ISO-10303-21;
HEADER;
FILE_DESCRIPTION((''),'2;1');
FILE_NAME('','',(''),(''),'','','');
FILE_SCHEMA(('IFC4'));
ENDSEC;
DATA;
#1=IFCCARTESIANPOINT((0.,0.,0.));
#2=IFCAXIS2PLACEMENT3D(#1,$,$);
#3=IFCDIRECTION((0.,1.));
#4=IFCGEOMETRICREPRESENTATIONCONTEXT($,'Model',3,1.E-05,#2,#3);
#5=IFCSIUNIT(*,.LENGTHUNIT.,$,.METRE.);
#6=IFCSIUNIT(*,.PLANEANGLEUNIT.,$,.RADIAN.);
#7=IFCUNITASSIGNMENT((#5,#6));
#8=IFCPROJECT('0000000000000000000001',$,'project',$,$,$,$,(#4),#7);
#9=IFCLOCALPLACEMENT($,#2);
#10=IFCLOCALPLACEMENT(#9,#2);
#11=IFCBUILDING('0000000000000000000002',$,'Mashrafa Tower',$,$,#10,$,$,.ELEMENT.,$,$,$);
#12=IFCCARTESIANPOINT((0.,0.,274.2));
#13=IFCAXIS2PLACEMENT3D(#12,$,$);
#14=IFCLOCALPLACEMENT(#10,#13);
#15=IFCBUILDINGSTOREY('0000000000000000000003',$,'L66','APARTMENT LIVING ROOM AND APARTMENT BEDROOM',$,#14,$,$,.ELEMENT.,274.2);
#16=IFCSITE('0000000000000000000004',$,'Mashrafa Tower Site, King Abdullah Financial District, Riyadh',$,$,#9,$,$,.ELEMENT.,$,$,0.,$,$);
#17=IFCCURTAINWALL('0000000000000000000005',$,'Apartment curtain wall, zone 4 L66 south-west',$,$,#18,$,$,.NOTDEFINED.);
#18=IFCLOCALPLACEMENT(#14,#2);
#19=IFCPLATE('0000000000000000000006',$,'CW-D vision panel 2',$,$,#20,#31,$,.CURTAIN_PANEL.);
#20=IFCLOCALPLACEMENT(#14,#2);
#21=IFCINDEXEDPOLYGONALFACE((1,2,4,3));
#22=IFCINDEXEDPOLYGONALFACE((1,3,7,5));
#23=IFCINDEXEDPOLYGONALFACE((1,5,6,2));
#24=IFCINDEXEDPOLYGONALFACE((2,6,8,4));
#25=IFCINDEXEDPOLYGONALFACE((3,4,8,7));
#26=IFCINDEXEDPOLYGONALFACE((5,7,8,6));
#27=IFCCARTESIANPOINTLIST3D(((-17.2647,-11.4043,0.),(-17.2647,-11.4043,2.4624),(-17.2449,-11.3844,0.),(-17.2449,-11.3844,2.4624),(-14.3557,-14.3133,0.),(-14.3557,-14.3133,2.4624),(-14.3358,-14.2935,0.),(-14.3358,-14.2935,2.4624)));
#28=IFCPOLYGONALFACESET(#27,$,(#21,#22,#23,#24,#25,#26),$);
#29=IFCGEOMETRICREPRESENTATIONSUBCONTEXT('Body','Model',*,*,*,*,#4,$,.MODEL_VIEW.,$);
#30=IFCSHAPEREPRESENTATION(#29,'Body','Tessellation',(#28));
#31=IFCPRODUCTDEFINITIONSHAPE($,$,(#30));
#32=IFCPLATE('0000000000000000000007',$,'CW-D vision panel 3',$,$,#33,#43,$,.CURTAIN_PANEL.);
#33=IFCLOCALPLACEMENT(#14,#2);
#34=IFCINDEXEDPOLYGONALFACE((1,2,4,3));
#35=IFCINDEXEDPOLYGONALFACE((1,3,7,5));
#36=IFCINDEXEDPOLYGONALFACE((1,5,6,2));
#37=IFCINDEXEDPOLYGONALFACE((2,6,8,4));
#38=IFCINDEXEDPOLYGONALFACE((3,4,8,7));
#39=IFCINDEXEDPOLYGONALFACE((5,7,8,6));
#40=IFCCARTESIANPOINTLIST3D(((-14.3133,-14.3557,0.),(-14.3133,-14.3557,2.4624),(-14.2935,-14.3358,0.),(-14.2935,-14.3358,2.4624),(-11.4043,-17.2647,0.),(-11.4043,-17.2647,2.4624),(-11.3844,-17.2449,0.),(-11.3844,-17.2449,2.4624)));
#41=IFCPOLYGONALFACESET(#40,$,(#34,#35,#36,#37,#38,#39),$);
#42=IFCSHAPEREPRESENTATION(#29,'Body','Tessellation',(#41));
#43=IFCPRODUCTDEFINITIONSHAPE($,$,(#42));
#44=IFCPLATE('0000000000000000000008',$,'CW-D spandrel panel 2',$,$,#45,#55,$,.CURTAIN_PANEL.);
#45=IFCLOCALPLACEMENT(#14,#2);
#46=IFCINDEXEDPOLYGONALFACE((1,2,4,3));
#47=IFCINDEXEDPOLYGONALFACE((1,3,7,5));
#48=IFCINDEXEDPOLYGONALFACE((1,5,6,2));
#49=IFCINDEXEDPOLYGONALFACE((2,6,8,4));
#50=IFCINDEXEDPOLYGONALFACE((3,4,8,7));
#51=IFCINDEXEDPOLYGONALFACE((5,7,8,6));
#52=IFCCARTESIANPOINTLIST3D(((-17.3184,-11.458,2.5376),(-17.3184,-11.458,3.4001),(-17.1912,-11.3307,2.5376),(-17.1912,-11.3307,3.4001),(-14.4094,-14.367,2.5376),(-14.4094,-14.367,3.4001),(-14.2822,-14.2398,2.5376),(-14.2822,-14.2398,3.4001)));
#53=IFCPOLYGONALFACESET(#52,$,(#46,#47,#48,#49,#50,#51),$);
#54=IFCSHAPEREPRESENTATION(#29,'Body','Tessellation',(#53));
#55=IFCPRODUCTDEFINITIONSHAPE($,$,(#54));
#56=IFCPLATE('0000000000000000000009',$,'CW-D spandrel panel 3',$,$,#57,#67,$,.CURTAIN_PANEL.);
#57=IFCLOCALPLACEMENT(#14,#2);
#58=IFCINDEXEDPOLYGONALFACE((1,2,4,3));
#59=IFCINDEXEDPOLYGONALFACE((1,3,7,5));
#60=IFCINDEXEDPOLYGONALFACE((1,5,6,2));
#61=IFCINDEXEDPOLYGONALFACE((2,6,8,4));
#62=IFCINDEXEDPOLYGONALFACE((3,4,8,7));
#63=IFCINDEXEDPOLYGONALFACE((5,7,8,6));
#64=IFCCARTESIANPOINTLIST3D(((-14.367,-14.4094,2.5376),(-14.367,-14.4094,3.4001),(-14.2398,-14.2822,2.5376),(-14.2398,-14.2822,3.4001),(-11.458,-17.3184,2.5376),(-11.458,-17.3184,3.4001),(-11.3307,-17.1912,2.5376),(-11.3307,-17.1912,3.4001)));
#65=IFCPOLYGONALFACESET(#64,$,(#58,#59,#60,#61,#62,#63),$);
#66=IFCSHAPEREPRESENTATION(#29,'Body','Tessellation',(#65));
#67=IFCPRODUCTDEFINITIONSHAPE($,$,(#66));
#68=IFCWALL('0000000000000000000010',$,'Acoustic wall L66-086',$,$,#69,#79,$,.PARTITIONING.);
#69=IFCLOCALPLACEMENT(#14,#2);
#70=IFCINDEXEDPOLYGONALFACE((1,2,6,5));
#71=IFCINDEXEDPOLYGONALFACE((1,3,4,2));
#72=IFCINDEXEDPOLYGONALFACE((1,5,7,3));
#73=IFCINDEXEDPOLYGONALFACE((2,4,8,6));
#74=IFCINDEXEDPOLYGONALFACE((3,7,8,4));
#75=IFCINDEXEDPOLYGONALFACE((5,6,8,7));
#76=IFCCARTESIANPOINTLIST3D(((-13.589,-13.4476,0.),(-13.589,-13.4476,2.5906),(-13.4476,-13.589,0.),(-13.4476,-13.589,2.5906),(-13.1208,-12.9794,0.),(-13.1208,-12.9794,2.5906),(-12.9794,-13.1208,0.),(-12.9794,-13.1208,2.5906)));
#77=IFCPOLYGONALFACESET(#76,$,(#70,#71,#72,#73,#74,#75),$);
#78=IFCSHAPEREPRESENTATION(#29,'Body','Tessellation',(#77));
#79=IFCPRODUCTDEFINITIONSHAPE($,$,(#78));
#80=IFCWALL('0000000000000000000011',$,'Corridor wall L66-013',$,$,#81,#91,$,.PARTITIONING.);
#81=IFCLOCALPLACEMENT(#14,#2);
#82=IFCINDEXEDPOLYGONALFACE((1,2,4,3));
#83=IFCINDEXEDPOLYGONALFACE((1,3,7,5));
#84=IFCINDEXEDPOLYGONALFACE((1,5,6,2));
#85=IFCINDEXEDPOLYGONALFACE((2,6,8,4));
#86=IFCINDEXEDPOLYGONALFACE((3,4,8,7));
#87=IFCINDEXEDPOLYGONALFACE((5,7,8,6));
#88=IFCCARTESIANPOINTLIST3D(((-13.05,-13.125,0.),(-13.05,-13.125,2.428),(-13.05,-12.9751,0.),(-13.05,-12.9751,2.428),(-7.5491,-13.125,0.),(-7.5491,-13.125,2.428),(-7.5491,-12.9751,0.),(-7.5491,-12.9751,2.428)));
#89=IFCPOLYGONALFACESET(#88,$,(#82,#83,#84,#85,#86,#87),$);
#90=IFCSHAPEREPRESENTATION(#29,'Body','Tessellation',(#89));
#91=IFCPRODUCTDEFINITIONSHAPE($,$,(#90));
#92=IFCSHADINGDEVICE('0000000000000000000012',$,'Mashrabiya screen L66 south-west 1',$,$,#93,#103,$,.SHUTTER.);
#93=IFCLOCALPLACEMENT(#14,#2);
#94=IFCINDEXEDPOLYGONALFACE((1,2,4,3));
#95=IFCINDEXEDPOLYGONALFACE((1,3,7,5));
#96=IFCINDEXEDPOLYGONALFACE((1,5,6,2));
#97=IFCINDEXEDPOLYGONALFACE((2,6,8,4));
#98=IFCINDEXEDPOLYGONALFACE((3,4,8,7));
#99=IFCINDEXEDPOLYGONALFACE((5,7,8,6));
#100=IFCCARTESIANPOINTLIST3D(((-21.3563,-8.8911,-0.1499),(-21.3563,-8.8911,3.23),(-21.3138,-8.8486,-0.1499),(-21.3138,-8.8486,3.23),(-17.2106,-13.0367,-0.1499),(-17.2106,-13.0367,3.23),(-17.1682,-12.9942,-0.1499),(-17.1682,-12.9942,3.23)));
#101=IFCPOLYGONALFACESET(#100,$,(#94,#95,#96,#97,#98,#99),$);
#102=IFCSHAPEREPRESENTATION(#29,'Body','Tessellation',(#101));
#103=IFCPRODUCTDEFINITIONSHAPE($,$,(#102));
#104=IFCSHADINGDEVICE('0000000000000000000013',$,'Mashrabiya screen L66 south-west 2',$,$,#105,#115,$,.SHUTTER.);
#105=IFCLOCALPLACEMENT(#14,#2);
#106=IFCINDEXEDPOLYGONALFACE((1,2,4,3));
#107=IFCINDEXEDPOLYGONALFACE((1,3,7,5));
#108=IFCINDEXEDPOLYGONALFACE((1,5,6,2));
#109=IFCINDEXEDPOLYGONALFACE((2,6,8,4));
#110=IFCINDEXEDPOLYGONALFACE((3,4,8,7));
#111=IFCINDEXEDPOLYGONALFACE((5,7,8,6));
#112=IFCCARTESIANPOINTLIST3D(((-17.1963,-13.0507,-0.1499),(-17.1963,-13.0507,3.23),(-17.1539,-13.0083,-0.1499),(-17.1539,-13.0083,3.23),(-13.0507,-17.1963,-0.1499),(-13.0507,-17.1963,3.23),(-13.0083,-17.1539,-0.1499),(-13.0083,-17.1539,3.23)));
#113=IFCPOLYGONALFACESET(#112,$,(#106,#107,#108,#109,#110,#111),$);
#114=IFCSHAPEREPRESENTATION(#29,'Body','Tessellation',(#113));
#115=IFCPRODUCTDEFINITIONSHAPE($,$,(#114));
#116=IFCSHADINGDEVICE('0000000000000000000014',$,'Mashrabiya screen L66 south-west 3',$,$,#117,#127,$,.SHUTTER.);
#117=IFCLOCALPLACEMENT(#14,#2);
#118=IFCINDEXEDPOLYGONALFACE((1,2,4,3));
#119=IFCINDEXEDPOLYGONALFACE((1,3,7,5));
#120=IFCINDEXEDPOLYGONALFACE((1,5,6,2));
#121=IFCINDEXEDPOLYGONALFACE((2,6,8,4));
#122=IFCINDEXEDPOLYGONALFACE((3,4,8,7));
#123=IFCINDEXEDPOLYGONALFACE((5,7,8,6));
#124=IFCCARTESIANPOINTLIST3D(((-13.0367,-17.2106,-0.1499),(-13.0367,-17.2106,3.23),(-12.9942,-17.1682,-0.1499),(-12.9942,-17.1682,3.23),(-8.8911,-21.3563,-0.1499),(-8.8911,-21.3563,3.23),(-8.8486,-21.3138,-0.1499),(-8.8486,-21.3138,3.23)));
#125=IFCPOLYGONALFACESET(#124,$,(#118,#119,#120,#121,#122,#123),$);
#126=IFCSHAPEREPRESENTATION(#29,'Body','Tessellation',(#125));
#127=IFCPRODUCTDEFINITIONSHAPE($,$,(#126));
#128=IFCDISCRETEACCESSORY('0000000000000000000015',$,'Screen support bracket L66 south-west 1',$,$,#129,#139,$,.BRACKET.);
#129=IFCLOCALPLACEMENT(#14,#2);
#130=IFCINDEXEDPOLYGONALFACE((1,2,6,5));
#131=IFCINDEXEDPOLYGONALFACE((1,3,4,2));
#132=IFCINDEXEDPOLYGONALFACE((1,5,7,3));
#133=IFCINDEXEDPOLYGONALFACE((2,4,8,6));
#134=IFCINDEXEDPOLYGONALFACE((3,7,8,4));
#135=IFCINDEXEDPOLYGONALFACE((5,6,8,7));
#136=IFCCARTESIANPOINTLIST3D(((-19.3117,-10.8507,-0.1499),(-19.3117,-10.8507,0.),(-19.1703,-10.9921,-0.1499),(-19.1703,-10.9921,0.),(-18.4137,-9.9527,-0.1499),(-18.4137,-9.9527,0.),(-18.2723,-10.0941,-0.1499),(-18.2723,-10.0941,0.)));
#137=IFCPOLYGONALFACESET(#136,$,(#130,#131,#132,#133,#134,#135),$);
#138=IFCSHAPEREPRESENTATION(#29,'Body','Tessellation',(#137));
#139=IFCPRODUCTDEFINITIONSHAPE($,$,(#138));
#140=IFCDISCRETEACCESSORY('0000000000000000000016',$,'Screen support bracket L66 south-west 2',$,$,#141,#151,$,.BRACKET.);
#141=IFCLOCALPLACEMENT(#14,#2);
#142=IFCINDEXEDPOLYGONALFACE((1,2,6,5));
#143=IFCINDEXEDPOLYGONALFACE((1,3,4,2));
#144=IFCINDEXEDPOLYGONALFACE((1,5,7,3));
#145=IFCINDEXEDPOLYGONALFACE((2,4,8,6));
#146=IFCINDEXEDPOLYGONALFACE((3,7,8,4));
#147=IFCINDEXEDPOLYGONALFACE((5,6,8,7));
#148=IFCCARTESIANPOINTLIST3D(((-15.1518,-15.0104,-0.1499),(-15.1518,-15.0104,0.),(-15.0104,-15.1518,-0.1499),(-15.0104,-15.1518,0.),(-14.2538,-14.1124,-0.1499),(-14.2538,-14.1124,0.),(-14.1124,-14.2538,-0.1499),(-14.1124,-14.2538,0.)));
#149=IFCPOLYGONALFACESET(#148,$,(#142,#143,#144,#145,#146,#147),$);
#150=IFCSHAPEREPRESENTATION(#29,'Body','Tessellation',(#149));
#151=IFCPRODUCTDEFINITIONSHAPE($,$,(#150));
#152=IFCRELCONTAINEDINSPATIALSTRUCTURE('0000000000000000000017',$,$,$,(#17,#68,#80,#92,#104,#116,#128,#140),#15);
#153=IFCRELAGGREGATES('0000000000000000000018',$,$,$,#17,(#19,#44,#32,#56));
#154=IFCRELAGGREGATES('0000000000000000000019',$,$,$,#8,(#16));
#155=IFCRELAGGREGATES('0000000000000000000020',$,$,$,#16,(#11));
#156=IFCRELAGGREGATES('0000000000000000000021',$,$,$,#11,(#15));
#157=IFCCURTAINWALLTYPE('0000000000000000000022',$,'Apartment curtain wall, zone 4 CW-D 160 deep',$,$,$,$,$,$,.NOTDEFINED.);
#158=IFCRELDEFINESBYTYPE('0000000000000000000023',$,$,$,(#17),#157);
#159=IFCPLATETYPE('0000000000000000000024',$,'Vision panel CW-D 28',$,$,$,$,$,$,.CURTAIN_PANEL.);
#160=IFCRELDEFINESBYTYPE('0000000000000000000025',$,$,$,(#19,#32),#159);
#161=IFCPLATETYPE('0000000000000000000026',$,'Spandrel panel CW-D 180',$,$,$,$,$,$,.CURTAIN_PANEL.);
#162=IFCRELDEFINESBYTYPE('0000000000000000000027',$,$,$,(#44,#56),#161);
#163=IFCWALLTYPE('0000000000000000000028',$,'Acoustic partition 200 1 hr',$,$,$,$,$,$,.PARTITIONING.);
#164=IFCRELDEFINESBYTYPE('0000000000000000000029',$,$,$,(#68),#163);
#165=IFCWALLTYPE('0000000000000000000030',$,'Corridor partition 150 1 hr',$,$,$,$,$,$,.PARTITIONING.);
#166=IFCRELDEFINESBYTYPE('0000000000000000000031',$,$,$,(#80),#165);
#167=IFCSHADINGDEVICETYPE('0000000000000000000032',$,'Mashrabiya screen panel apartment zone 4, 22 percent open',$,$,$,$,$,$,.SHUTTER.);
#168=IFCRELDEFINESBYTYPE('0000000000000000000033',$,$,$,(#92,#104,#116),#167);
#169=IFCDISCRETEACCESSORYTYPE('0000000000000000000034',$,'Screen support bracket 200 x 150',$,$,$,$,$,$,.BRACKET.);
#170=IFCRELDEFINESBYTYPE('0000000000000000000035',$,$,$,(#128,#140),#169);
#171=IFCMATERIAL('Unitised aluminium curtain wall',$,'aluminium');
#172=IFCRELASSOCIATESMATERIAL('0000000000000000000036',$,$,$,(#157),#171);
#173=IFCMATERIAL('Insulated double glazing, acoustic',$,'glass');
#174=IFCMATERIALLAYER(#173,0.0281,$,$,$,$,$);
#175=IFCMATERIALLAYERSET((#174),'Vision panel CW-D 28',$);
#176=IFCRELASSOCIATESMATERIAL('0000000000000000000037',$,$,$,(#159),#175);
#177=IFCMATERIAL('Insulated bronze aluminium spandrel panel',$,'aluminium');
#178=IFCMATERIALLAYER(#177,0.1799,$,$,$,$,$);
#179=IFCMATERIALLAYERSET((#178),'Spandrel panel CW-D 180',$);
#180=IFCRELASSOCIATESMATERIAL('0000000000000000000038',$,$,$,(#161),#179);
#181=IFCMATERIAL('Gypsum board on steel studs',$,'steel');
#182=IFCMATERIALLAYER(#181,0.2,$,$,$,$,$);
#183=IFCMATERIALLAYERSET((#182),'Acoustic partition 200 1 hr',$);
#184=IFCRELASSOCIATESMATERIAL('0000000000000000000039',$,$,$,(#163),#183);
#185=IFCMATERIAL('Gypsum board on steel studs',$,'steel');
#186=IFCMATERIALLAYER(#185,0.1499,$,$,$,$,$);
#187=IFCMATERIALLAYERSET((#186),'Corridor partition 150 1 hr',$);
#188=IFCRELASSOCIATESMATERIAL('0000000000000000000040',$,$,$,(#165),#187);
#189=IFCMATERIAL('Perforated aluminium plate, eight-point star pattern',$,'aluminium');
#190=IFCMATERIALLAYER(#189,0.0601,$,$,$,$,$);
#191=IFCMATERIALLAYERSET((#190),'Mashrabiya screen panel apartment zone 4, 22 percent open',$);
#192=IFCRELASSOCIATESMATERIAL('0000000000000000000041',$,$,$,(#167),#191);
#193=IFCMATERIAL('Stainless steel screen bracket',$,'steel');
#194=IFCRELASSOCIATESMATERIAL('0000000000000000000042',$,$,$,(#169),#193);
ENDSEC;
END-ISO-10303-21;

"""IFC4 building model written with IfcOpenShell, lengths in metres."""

from ifc_helpers import new_model, si_unit, direction, frame, frame_2d, origin, origin_2d, place, context, subcontext, project, spatial, rectangle, extrude, source, transform, mapped, material, layer, layer_set, type_object, type_shapes, element, aggregate, save


model = new_model("IFC4")

# Units and contexts
model_context = context("Model", 3, precision=1e-05, world=origin(), true_north=direction((0.0, 1.0)))
body_context = subcontext(model_context, "Body", "Model", "MODEL_VIEW")
ifc_project = project(units=[si_unit("LENGTHUNIT", "METRE"), si_unit("PLANEANGLEUNIT", "RADIAN")], contexts=[model_context])

# Site, building, storey
site_placement = place(None, origin())
site = spatial("IfcSite", under=ifc_project, at=site_placement, Name="Mashrafa Tower Site, King Abdullah Financial District, Riyadh", CompositionType="ELEMENT", RefElevation=0.0)
building_placement = place(site_placement, origin())
building = spatial("IfcBuilding", under=site, at=building_placement, Name="Mashrafa Tower", CompositionType="ELEMENT")
storey_placement = place(building_placement, frame((0.0, 0.0, 274.2)))
storey = spatial("IfcBuildingStorey", under=building, at=storey_placement, Name="L66", Description="APARTMENT LIVING ROOM AND APARTMENT BEDROOM", CompositionType="ELEMENT", Elevation=274.2)

# Curtain wall, plates
ifc_material_1 = material(Name="Unitised aluminium curtain wall", Category="aluminium")
curtain_wall_type = type_object("IfcCurtainWallType", Name="Apartment curtain wall, zone 4 CW-D 160 deep", PredefinedType="NOTDEFINED", material=ifc_material_1)
curtain_wall_placement = place(storey_placement, origin())
curtain_wall = element("IfcCurtainWall", 1, at=curtain_wall_placement, inside=storey, type_object=curtain_wall_type, Name="Apartment curtain wall, zone 4 L66 south-west", PredefinedType="NOTDEFINED")
ifc_material_2 = material(Name="Insulated double glazing, acoustic", Category="glass")
ifc_layer_1 = layer(ifc_material_2, 0.0281)
ifc_layer_set_1 = layer_set([ifc_layer_1], Name="Vision panel CW-D 28")
plate_type_1 = type_object("IfcPlateType", Name="Vision panel CW-D 28", PredefinedType="CURTAIN_PANEL", material=ifc_layer_set_1)
ifc_material_3 = material(Name="Insulated bronze aluminium spandrel panel", Category="aluminium")
ifc_layer_2 = layer(ifc_material_3, 0.1799)
ifc_layer_set_2 = layer_set([ifc_layer_2], Name="Spandrel panel CW-D 180")
plate_type_2 = type_object("IfcPlateType", Name="Spandrel panel CW-D 180", PredefinedType="CURTAIN_PANEL", material=ifc_layer_set_2)
shared_shape_1 = source(origin(), body_context, "Body", "SweptSolid", [
    extrude(rectangle(XDim=4.114, YDim=0.0281, at=origin_2d()), origin(), (0.0, 0.0, 1.0), 2.4624),
])
plate_1_placement = place(storey_placement, frame((-15.8003, -12.8489, 0.0), z_axis=(0.0, 0.0, 1.0), x_axis=(0.707107, -0.707107, 0.0)))
plate_1 = element("IfcPlate", 2, at=plate_1_placement, type_object=plate_type_1, Name="CW-D vision panel 2", PredefinedType="CURTAIN_PANEL", context=body_context, shape_type="MappedRepresentation", body=[
    mapped(shared_shape_1, transform((0.0, 0.0, 0.0))),
])
plate_2_placement = place(storey_placement, frame((-12.8489, -15.8003, 0.0), z_axis=(0.0, 0.0, 1.0), x_axis=(0.707107, -0.707107, 0.0)))
plate_2 = element("IfcPlate", 3, at=plate_2_placement, type_object=plate_type_1, Name="CW-D vision panel 3", PredefinedType="CURTAIN_PANEL", context=body_context, shape_type="MappedRepresentation", body=[
    mapped(shared_shape_1, transform((0.0, 0.0, 0.0))),
])
shared_shape_2 = source(origin(), body_context, "Body", "SweptSolid", [
    extrude(rectangle(XDim=4.114, YDim=0.1799, at=origin_2d()), origin(), (0.0, 0.0, 1.0), 0.8625),
])
plate_3_placement = place(storey_placement, frame((-15.8003, -12.8489, 2.5376), z_axis=(0.0, 0.0, 1.0), x_axis=(0.707107, -0.707107, 0.0)))
plate_3 = element("IfcPlate", 4, at=plate_3_placement, type_object=plate_type_2, Name="CW-D spandrel panel 2", PredefinedType="CURTAIN_PANEL", context=body_context, shape_type="MappedRepresentation", body=[
    mapped(shared_shape_2, transform((0.0, 0.0, 0.0))),
])
plate_4_placement = place(storey_placement, frame((-12.8489, -15.8003, 2.5376), z_axis=(0.0, 0.0, 1.0), x_axis=(0.707107, -0.707107, 0.0)))
plate_4 = element("IfcPlate", 5, at=plate_4_placement, type_object=plate_type_2, Name="CW-D spandrel panel 3", PredefinedType="CURTAIN_PANEL", context=body_context, shape_type="MappedRepresentation", body=[
    mapped(shared_shape_2, transform((0.0, 0.0, 0.0))),
])
aggregate(curtain_wall, [plate_1, plate_3, plate_2, plate_4])

# Walls
ifc_material_4 = material(Name="Gypsum board on steel studs", Category="steel")
ifc_layer_3 = layer(ifc_material_4, 0.2)
ifc_layer_set_3 = layer_set([ifc_layer_3], Name="Acoustic partition 200 1 hr")
wall_type_1 = type_object("IfcWallType", Name="Acoustic partition 200 1 hr", PredefinedType="PARTITIONING", material=ifc_layer_set_3)
wall_1_placement = place(storey_placement, frame((-13.5183, -13.5183, 0.0), z_axis=(0.0, 0.0, 1.0), x_axis=(0.707107, 0.707107, 0.0)))
element("IfcWall", 6, at=wall_1_placement, inside=storey, type_object=wall_type_1, Name="Acoustic wall L66-086", PredefinedType="PARTITIONING", context=body_context, shape_type="SweptSolid", body=[
    extrude(rectangle(XDim=0.6621, YDim=0.2, at=frame_2d((0.3311, 0.0))), origin(), (0.0, 0.0, 1.0), 2.5906),
])
ifc_material_5 = material(Name="Gypsum board on steel studs", Category="steel")
ifc_layer_4 = layer(ifc_material_5, 0.1499)
ifc_layer_set_4 = layer_set([ifc_layer_4], Name="Corridor partition 150 1 hr")
wall_type_2 = type_object("IfcWallType", Name="Corridor partition 150 1 hr", PredefinedType="PARTITIONING", material=ifc_layer_set_4)
wall_2_placement = place(storey_placement, frame((-13.05, -13.05, 0.0), z_axis=(0.0, 0.0, 1.0), x_axis=(1.0, 0.0, 0.0)))
element("IfcWall", 7, at=wall_2_placement, inside=storey, type_object=wall_type_2, Name="Corridor wall L66-013", PredefinedType="PARTITIONING", context=body_context, shape_type="SweptSolid", body=[
    extrude(rectangle(XDim=5.501, YDim=0.1499, at=frame_2d((2.7505, 0.0))), origin(), (0.0, 0.0, 1.0), 2.428),
])

# Shading devices
ifc_material_6 = material(Name="Perforated aluminium plate, eight-point star pattern", Category="aluminium")
ifc_layer_5 = layer(ifc_material_6, 0.0601)
ifc_layer_set_5 = layer_set([ifc_layer_5], Name="Mashrabiya screen panel apartment zone 4, 22 percent open")
shading_device_type = type_object("IfcShadingDeviceType", Name="Mashrabiya screen panel apartment zone 4, 22 percent open", PredefinedType="SHUTTER", material=ifc_layer_set_5)
shared_shape_3 = source(origin(), body_context, "Body", "SweptSolid", [
    extrude(rectangle(XDim=5.8628, YDim=0.0601, at=origin_2d()), origin(), (0.0, 0.0, 1.0), 3.3799),
])
type_shapes(shading_device_type, [shared_shape_3])
for number, where, z_axis, x_axis, name in (
    (8, (-19.2622, -10.9426, -0.1499), (0.0, 0.0, 1.0), (0.707107, -0.707107, 0.0), "Mashrabiya screen L66 south-west 1"),
    (9, (-15.1023, -15.1023, -0.1499), (0.0, 0.0, 1.0), (0.707107, -0.707107, 0.0), "Mashrabiya screen L66 south-west 2"),
    (10, (-10.9426, -19.2622, -0.1499), (0.0, 0.0, 1.0), (0.707107, -0.707107, 0.0), "Mashrabiya screen L66 south-west 3"),
):
    element("IfcShadingDevice", number, at=place(storey_placement, frame(where, z_axis=z_axis, x_axis=x_axis)), inside=storey, type_object=shading_device_type, Name=name, PredefinedType="SHUTTER", context=body_context, shape_type="MappedRepresentation", body=[
        mapped(shared_shape_3, transform((0.0, 0.0, 0.0))),
    ])

# Discrete accessories
ifc_material_7 = material(Name="Stainless steel screen bracket", Category="steel")
discrete_accessory_type = type_object("IfcDiscreteAccessoryType", Name="Screen support bracket 200 x 150", PredefinedType="BRACKET", material=ifc_material_7)
shared_shape_4 = source(origin(), body_context, "Body", "SweptSolid", [
    extrude(rectangle(XDim=0.2, YDim=1.27, at=origin_2d()), origin(), (0.0, 0.0, 1.0), 0.1499),
])
type_shapes(discrete_accessory_type, [shared_shape_4])
for number, where, z_axis, x_axis, name in (
    (11, (-18.792, -10.4724, -0.1499), (0.0, 0.0, 1.0), (0.707107, -0.707107, 0.0), "Screen support bracket L66 south-west 1"),
    (12, (-14.6321, -14.6321, -0.1499), (0.0, 0.0, 1.0), (0.707107, -0.707107, 0.0), "Screen support bracket L66 south-west 2"),
):
    element("IfcDiscreteAccessory", number, at=place(storey_placement, frame(where, z_axis=z_axis, x_axis=x_axis)), inside=storey, type_object=discrete_accessory_type, Name=name, PredefinedType="BRACKET", context=body_context, shape_type="MappedRepresentation", body=[
        mapped(shared_shape_4, transform((0.0, 0.0, 0.0))),
    ])

save(model, "model.ifc")
